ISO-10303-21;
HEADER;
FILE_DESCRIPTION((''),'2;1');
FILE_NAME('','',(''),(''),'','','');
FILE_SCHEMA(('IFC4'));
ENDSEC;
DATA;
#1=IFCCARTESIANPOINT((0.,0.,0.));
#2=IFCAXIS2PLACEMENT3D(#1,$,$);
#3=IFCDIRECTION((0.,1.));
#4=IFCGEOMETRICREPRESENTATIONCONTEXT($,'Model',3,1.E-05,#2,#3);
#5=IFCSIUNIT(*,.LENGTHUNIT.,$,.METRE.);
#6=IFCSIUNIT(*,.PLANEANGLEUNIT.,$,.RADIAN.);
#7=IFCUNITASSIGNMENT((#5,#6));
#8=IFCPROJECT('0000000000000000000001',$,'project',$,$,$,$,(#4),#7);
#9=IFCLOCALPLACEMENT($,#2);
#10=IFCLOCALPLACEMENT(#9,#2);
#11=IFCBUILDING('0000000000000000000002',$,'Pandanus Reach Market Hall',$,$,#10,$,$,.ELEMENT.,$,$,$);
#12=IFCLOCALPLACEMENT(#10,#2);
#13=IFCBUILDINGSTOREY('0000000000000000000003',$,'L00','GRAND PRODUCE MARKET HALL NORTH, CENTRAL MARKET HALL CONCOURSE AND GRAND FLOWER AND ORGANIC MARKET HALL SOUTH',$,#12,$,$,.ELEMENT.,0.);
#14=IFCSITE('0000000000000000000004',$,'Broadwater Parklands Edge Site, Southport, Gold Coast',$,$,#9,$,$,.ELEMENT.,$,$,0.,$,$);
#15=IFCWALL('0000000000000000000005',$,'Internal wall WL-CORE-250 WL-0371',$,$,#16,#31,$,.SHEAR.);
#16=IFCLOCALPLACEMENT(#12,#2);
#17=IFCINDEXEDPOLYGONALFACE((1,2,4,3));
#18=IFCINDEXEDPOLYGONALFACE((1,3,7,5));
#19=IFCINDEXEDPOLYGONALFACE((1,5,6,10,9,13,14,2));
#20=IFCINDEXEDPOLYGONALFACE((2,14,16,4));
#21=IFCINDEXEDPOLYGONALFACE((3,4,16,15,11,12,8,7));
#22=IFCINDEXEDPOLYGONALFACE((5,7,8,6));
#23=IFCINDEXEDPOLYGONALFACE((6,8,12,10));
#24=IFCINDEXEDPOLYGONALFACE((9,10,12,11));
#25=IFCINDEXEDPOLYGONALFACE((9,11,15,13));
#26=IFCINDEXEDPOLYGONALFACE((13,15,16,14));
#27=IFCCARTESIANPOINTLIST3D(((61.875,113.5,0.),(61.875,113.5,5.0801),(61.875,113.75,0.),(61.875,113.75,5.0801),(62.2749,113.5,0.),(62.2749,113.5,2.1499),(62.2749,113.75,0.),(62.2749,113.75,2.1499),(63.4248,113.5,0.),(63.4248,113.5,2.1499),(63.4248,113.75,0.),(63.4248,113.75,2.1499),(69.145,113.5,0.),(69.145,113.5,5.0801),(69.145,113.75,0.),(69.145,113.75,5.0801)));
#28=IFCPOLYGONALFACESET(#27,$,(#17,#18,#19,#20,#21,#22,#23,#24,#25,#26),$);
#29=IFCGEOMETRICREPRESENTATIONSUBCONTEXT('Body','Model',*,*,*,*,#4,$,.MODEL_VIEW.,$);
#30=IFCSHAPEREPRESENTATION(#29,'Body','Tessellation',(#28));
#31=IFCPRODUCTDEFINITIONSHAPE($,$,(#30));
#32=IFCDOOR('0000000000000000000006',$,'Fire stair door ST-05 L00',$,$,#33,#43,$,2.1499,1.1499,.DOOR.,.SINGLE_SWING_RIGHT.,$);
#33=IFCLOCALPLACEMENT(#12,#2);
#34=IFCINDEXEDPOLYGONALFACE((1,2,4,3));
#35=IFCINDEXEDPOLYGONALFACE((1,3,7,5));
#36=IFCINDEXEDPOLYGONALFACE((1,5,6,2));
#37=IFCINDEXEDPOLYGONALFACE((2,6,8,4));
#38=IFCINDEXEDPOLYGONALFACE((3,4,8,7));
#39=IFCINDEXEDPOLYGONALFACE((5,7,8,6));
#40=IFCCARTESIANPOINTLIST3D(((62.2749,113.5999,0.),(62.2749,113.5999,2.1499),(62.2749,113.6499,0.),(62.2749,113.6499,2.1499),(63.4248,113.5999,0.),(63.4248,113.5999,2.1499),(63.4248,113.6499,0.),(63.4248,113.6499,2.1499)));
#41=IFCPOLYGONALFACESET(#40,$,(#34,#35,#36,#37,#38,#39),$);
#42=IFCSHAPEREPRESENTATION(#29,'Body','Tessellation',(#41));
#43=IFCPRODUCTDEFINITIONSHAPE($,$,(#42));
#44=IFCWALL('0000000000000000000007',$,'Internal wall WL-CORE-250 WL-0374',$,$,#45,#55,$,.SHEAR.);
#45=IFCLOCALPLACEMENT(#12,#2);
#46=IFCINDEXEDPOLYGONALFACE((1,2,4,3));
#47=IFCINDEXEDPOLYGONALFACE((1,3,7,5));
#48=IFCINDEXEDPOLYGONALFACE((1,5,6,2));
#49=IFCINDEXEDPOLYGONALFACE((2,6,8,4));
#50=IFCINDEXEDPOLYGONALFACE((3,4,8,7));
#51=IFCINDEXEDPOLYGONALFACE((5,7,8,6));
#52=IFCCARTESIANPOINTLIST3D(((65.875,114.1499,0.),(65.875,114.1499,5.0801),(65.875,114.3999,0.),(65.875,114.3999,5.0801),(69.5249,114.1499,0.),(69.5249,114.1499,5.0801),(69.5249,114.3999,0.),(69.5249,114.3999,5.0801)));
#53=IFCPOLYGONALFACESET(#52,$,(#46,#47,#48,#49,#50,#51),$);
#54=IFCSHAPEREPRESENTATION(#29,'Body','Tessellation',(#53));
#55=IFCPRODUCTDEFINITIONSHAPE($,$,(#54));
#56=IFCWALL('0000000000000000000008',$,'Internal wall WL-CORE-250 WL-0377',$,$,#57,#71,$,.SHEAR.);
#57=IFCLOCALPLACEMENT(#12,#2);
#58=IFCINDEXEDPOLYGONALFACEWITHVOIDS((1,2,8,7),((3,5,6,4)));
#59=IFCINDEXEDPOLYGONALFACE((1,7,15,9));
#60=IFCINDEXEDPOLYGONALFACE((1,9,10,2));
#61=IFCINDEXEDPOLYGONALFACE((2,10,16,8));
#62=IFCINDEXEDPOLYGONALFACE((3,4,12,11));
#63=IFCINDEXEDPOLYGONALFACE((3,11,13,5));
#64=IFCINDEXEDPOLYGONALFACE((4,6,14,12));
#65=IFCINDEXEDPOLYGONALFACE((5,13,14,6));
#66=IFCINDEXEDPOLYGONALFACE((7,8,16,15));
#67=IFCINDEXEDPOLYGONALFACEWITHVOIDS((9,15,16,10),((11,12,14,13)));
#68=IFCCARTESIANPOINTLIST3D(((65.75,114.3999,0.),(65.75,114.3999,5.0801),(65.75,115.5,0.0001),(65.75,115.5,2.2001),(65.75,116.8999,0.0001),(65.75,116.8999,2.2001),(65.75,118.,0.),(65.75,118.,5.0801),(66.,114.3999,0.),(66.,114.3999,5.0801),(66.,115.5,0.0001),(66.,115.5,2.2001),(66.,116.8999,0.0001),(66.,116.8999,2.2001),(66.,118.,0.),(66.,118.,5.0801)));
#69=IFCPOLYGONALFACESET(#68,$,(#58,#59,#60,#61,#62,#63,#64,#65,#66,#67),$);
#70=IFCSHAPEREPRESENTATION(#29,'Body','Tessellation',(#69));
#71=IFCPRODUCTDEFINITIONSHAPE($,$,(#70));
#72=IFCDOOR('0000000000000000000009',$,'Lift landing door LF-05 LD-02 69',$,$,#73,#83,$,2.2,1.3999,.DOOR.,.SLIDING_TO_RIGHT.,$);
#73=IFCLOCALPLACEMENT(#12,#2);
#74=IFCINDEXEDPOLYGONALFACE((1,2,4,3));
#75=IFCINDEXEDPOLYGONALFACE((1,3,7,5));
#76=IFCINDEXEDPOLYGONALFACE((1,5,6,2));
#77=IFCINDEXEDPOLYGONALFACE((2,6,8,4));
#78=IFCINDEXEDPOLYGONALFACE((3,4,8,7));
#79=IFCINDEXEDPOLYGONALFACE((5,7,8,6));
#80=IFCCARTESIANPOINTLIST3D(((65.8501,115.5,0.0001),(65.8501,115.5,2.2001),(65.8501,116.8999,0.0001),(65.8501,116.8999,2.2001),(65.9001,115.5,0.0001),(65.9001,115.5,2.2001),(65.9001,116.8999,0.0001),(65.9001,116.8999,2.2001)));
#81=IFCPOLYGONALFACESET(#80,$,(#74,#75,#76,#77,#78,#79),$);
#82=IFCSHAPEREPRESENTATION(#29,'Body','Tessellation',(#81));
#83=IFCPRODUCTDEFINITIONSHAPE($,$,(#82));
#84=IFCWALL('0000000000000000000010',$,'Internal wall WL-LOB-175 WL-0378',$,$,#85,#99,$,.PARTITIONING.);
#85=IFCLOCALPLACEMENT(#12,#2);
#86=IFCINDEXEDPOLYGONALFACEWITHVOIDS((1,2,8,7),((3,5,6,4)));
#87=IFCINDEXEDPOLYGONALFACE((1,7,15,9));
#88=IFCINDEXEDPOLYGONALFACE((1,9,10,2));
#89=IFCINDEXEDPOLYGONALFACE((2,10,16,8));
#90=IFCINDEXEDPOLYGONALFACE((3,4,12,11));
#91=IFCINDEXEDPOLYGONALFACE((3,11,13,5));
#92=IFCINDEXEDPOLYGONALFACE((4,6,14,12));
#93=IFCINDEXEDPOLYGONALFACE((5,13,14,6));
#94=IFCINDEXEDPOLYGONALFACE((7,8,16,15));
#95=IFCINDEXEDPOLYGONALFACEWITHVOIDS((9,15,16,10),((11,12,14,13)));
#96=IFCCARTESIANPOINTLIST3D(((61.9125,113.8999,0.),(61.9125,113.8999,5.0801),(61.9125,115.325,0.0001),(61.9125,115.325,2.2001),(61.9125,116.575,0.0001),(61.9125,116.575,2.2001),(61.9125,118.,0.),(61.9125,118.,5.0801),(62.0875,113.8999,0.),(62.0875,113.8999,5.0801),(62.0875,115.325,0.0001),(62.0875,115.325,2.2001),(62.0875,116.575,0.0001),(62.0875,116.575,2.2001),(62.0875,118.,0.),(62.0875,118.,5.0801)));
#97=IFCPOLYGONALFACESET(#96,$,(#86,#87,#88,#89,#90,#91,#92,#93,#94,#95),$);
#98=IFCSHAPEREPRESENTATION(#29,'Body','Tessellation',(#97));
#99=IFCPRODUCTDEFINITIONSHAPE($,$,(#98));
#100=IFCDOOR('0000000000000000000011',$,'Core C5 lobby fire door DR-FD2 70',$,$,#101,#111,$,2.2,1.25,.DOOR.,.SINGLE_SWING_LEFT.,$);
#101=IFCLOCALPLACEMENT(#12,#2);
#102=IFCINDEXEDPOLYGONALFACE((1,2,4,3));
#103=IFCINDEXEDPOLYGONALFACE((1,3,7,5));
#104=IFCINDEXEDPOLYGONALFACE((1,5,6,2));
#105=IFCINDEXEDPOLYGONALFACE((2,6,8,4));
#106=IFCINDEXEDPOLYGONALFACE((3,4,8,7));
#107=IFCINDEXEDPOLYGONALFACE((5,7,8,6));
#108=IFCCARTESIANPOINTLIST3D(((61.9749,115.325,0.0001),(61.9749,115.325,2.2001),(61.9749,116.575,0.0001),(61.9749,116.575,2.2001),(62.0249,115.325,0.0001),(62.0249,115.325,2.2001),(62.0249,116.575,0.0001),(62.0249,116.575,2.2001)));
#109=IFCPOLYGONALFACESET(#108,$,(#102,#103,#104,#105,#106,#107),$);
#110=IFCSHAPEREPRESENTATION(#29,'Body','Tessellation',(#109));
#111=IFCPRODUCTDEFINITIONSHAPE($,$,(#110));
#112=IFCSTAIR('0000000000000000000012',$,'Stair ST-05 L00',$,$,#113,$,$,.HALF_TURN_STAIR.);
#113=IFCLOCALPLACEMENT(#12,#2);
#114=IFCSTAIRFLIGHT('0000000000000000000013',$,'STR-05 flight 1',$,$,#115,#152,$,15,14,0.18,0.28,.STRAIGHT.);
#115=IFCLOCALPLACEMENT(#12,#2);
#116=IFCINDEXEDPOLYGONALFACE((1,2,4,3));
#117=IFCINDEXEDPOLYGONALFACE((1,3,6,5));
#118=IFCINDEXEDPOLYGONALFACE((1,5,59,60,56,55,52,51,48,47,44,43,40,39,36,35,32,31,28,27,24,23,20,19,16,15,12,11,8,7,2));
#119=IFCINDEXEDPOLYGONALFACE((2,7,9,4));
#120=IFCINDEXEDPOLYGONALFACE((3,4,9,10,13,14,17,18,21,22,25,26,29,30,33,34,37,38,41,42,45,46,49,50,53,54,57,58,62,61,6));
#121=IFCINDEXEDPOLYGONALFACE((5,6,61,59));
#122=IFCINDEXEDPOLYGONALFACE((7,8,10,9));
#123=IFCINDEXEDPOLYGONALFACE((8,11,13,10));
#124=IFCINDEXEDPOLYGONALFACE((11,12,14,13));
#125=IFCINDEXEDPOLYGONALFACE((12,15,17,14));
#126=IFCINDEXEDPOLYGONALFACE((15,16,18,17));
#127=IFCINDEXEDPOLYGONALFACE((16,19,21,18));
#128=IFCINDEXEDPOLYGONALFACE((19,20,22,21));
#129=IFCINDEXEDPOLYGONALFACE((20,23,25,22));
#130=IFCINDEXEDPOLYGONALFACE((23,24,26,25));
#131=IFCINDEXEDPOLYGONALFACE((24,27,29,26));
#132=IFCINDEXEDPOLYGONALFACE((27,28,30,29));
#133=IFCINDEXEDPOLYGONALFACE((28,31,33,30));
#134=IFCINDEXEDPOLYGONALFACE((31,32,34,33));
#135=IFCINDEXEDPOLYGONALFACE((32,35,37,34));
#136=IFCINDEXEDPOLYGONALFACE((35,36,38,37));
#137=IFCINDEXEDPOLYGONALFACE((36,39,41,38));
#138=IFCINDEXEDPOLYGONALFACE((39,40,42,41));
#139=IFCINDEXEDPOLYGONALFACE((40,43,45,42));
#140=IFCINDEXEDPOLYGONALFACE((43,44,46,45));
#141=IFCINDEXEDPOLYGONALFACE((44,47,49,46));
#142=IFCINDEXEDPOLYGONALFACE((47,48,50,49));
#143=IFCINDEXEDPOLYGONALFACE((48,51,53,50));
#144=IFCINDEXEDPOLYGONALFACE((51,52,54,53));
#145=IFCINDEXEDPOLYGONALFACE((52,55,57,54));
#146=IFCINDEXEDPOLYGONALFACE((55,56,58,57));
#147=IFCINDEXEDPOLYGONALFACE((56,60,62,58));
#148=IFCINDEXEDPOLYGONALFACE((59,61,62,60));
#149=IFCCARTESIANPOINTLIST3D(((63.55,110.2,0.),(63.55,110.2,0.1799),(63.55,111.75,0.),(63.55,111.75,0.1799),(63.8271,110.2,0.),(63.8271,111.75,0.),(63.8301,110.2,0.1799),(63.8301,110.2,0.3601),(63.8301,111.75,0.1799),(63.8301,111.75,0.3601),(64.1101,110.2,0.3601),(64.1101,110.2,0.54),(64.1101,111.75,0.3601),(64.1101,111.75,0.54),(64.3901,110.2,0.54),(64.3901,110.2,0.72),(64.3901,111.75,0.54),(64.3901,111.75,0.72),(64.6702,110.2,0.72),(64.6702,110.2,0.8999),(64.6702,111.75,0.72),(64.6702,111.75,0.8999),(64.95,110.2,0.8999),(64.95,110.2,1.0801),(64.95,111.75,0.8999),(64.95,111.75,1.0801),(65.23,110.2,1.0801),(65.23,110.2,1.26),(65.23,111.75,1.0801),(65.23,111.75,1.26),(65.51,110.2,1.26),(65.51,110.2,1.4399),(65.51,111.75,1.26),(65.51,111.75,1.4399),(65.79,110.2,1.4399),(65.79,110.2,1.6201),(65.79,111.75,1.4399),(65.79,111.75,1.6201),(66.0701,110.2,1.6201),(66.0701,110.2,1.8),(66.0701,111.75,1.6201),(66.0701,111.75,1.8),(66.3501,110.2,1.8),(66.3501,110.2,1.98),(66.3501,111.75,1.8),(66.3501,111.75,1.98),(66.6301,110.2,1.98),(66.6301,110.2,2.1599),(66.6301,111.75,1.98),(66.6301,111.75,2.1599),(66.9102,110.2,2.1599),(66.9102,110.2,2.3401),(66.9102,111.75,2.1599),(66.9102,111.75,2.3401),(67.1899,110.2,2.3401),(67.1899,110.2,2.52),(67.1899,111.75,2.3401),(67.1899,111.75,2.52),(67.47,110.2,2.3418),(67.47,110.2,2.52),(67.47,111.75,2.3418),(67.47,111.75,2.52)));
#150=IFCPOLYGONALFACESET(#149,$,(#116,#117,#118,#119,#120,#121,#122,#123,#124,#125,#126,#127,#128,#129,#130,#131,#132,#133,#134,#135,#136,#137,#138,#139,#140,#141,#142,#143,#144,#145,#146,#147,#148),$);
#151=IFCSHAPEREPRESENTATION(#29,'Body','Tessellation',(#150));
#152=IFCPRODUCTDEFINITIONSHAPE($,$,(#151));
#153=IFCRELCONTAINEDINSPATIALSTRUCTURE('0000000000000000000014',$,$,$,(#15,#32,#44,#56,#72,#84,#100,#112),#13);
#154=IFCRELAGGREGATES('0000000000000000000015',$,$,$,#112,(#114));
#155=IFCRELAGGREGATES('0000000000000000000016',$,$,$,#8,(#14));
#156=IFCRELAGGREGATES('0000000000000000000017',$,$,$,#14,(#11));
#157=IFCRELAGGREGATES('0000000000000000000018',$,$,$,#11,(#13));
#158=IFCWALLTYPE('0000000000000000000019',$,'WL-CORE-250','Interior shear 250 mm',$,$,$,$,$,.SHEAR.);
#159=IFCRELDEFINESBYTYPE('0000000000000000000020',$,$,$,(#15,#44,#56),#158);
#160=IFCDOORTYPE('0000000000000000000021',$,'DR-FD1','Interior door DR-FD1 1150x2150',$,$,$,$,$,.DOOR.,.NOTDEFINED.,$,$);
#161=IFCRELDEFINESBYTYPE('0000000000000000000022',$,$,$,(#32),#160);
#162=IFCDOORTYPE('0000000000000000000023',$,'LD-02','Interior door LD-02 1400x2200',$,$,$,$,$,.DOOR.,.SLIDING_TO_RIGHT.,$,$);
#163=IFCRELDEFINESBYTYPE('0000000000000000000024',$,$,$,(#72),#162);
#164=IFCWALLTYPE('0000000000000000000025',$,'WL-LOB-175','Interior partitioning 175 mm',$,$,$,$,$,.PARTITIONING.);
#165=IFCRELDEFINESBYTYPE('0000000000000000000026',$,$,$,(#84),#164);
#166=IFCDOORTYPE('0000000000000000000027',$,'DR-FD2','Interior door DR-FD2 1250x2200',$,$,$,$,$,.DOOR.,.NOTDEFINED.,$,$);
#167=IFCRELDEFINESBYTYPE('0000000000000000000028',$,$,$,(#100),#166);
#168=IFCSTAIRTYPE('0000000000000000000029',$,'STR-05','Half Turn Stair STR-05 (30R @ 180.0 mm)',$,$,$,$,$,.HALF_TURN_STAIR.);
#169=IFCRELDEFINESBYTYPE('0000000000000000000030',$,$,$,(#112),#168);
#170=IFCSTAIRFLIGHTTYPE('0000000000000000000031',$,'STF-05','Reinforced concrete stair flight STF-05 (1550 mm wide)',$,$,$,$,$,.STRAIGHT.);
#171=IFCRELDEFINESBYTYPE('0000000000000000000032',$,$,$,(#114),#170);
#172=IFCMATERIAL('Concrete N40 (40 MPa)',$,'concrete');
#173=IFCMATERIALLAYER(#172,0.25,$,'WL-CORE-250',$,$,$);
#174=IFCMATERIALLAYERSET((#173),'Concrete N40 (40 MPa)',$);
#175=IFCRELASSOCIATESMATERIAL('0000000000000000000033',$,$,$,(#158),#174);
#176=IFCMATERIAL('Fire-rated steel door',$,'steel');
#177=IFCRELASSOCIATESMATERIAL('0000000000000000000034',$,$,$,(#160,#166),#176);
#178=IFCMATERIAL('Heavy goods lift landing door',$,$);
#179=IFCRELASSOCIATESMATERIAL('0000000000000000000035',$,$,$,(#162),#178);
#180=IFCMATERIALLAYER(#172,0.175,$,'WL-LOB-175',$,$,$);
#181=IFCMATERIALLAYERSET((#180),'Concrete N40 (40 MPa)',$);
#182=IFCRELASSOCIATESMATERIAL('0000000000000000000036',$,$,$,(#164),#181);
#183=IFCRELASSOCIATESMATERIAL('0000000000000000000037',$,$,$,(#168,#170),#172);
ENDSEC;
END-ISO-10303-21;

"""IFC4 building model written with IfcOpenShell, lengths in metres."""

from ifc_helpers import new_model, si_unit, direction, frame, frame_2d, origin, place, context, subcontext, project, spatial, polyline, rectangle, outline, extrude, material, layer, layer_set, type_object, element, fill, aggregate, save


model = new_model("IFC4")

# Units and contexts
model_context = context("Model", 3, precision=1e-05, world=origin(), true_north=direction((0.0, 1.0)))
body_context = subcontext(model_context, "Body", "Model", "MODEL_VIEW")
ifc_project = project(units=[si_unit("LENGTHUNIT", "METRE"), si_unit("PLANEANGLEUNIT", "RADIAN")], contexts=[model_context])

# Site, building, storey
site_placement = place(None, origin())
site = spatial("IfcSite", under=ifc_project, at=site_placement, Name="Broadwater Parklands Edge Site, Southport, Gold Coast", CompositionType="ELEMENT", RefElevation=0.0)
building_placement = place(site_placement, origin())
building = spatial("IfcBuilding", under=site, at=building_placement, Name="Pandanus Reach Market Hall", CompositionType="ELEMENT")
storey_placement = place(building_placement, origin())
storey = spatial("IfcBuildingStorey", under=building, at=storey_placement, Name="L00", Description="GRAND PRODUCE MARKET HALL NORTH, CENTRAL MARKET HALL CONCOURSE AND GRAND FLOWER AND ORGANIC MARKET HALL SOUTH", CompositionType="ELEMENT", Elevation=0.0)

# Wall, opening, door
ifc_material_1 = material(Name="Concrete N40 (40 MPa)", Category="concrete")
ifc_layer_1 = layer(ifc_material_1, 0.25, Name="WL-CORE-250")
ifc_layer_set_1 = layer_set([ifc_layer_1], Name="Concrete N40 (40 MPa)")
wall_type_1 = type_object("IfcWallType", Name="WL-CORE-250", Description="Interior shear 250 mm", PredefinedType="SHEAR", material=ifc_layer_set_1)
wall_1_placement = place(storey_placement, frame((61.875, 113.625, 0.0), z_axis=(0.0, 0.0, 1.0), x_axis=(1.0, 0.0, 0.0)))
wall_1 = element("IfcWall", 1, at=wall_1_placement, inside=storey, type_object=wall_type_1, Name="Internal wall WL-CORE-250 WL-0371", PredefinedType="SHEAR", context=body_context, shape_type="SweptSolid", body=[
    extrude(rectangle(XDim=7.27, YDim=0.25, at=frame_2d((3.635, 0.0))), origin(), (0.0, 0.0, 1.0), 5.0801),
])
opening_1_placement = place(wall_1_placement, frame((0.3999, 0.0, 0.0)))
opening_1 = element("IfcOpeningElement", 2, at=opening_1_placement, cuts=wall_1, PredefinedType="OPENING", context=body_context, shape_type="SweptSolid", body=[
    extrude(rectangle(XDim=1.1499, YDim=2.1499, at=frame_2d((0.575, 1.075))), frame((0.0, 0.1399, 0.0), z_axis=(0.0, -1.0, 0.0), x_axis=(1.0, 0.0, 0.0)), (0.0, 0.0, 1.0), 0.28),
])
ifc_material_2 = material(Name="Fire-rated steel door", Category="steel")
door_type_1 = type_object("IfcDoorType", Name="DR-FD1", Description="Interior door DR-FD1 1150x2150", OperationType="NOTDEFINED", PredefinedType="DOOR", material=ifc_material_2)
door_1_placement = place(opening_1_placement, origin())
door_1 = element("IfcDoor", 3, at=door_1_placement, inside=storey, type_object=door_type_1, Name="Fire stair door ST-05 L00", OperationType="SINGLE_SWING_RIGHT", OverallHeight=2.1499, OverallWidth=1.1499, PredefinedType="DOOR", context=body_context, shape_type="SweptSolid", body=[
    extrude(rectangle(XDim=1.1499, YDim=2.1499, at=frame_2d((0.575, 1.075))), frame((0.0, 0.0249, 0.0), z_axis=(0.0, -1.0, 0.0), x_axis=(1.0, 0.0, 0.0)), (0.0, 0.0, 1.0), 0.05),
])
fill(opening_1, door_1)

# Wall
wall_2_placement = place(storey_placement, frame((65.875, 114.2749, 0.0), z_axis=(0.0, 0.0, 1.0), x_axis=(1.0, 0.0, 0.0)))
element("IfcWall", 4, at=wall_2_placement, inside=storey, type_object=wall_type_1, Name="Internal wall WL-CORE-250 WL-0374", PredefinedType="SHEAR", context=body_context, shape_type="SweptSolid", body=[
    extrude(rectangle(XDim=3.6499, YDim=0.25, at=frame_2d((1.825, 0.0))), origin(), (0.0, 0.0, 1.0), 5.0801),
])

# Walls, openings, doors
wall_3_placement = place(storey_placement, frame((65.875, 114.3999, 0.0), z_axis=(0.0, 0.0, 1.0), x_axis=(0.0, 1.0, 0.0)))
wall_3 = element("IfcWall", 5, at=wall_3_placement, inside=storey, type_object=wall_type_1, Name="Internal wall WL-CORE-250 WL-0377", PredefinedType="SHEAR", context=body_context, shape_type="SweptSolid", body=[
    extrude(rectangle(XDim=3.6001, YDim=0.25, at=frame_2d((1.8, 0.0))), origin(), (0.0, 0.0, 1.0), 5.0801),
])
opening_2_placement = place(wall_3_placement, frame((1.1001, 0.0, 0.0)))
opening_2 = element("IfcOpeningElement", 6, at=opening_2_placement, cuts=wall_3, PredefinedType="OPENING", context=body_context, shape_type="SweptSolid", body=[
    extrude(rectangle(XDim=1.3999, YDim=2.2, at=frame_2d((0.7, 1.1001))), frame((0.0, 0.1399, 0.0), z_axis=(0.0, -1.0, 0.0), x_axis=(1.0, 0.0, 0.0)), (0.0, 0.0, 1.0), 0.28),
])
ifc_material_3 = material(Name="Heavy goods lift landing door")
door_type_2 = type_object("IfcDoorType", Name="LD-02", Description="Interior door LD-02 1400x2200", OperationType="SLIDING_TO_RIGHT", PredefinedType="DOOR", material=ifc_material_3)
door_2_placement = place(opening_2_placement, origin())
door_2 = element("IfcDoor", 7, at=door_2_placement, inside=storey, type_object=door_type_2, Name="Lift landing door LF-05 LD-02 69", OperationType="SLIDING_TO_RIGHT", OverallHeight=2.2, OverallWidth=1.3999, PredefinedType="DOOR", context=body_context, shape_type="SweptSolid", body=[
    extrude(rectangle(XDim=1.3999, YDim=2.2, at=frame_2d((0.7, 1.1001))), frame((0.0, 0.0249, 0.0), z_axis=(0.0, -1.0, 0.0), x_axis=(1.0, 0.0, 0.0)), (0.0, 0.0, 1.0), 0.05),
])
fill(opening_2, door_2)
ifc_layer_2 = layer(ifc_material_1, 0.175, Name="WL-LOB-175")
ifc_layer_set_2 = layer_set([ifc_layer_2], Name="Concrete N40 (40 MPa)")
wall_type_2 = type_object("IfcWallType", Name="WL-LOB-175", Description="Interior partitioning 175 mm", PredefinedType="PARTITIONING", material=ifc_layer_set_2)
wall_4_placement = place(storey_placement, frame((62.0, 113.8999, 0.0), z_axis=(0.0, 0.0, 1.0), x_axis=(0.0, 1.0, 0.0)))
wall_4 = element("IfcWall", 8, at=wall_4_placement, inside=storey, type_object=wall_type_2, Name="Internal wall WL-LOB-175 WL-0378", PredefinedType="PARTITIONING", context=body_context, shape_type="SweptSolid", body=[
    extrude(rectangle(XDim=4.1001, YDim=0.175, at=frame_2d((2.05, 0.0))), origin(), (0.0, 0.0, 1.0), 5.0801),
])
opening_3_placement = place(wall_4_placement, frame((1.425, 0.0, 0.0)))
opening_3 = element("IfcOpeningElement", 9, at=opening_3_placement, cuts=wall_4, PredefinedType="OPENING", context=body_context, shape_type="SweptSolid", body=[
    extrude(rectangle(XDim=1.25, YDim=2.2, at=frame_2d((0.625, 1.1001))), frame((0.0, 0.1025, 0.0), z_axis=(0.0, -1.0, 0.0), x_axis=(1.0, 0.0, 0.0)), (0.0, 0.0, 1.0), 0.2051),
])
door_type_3 = type_object("IfcDoorType", Name="DR-FD2", Description="Interior door DR-FD2 1250x2200", OperationType="NOTDEFINED", PredefinedType="DOOR", material=ifc_material_2)
door_3_placement = place(opening_3_placement, frame((1.25, 0.0, 0.0), z_axis=(0.0, 0.0, 1.0), x_axis=(-1.0, 0.0, 0.0)))
door_3 = element("IfcDoor", 10, at=door_3_placement, inside=storey, type_object=door_type_3, Name="Core C5 lobby fire door DR-FD2 70", OperationType="SINGLE_SWING_LEFT", OverallHeight=2.2, OverallWidth=1.25, PredefinedType="DOOR", context=body_context, shape_type="SweptSolid", body=[
    extrude(rectangle(XDim=1.25, YDim=2.2, at=frame_2d((0.625, 1.1001))), frame((0.0, 0.0249, 0.0), z_axis=(0.0, -1.0, 0.0), x_axis=(1.0, 0.0, 0.0)), (0.0, 0.0, 1.0), 0.05),
])
fill(opening_3, door_3)

# Stair, stair flight
stair_type = type_object("IfcStairType", Name="STR-05", Description="Half Turn Stair STR-05 (30R @ 180.0 mm)", PredefinedType="HALF_TURN_STAIR", material=ifc_material_1)
stair_placement = place(storey_placement, origin())
stair = element("IfcStair", 11, at=stair_placement, inside=storey, type_object=stair_type, Name="Stair ST-05 L00", PredefinedType="HALF_TURN_STAIR")
stair_flight_type = type_object("IfcStairFlightType", Name="STF-05", Description="Reinforced concrete stair flight STF-05 (1550 mm wide)", PredefinedType="STRAIGHT", material=ifc_material_1)
stair_flight_placement = place(storey_placement, frame((63.55, 110.9751, 0.0), z_axis=(0.0, 0.0, 1.0), x_axis=(1.0, 0.0, 0.0)))
stair_flight = element("IfcStairFlight", 12, at=stair_flight_placement, type_object=stair_flight_type, Name="STR-05 flight 1", NumberOfRisers=15, NumberOfTreads=14, PredefinedType="STRAIGHT", RiserHeight=0.18, TreadLength=0.28, context=body_context, shape_type="SweptSolid", body=[
    extrude(outline(polyline([(0.0, 0.0), (0.0, 0.1799), (0.28, 0.1799), (0.28, 0.3601), (0.5601, 0.3601), (0.5601, 0.54), (0.8401, 0.54), (0.8401, 0.72), (1.1201, 0.72), (1.1201, 0.8999), (1.3999, 0.8999), (1.3999, 1.0801), (1.6799, 1.0801), (1.6799, 1.26), (1.96, 1.26), (1.96, 1.4399), (2.24, 1.4399), (2.24, 1.6201), (2.52, 1.6201), (2.52, 1.8), (2.8, 1.8), (2.8, 1.98), (3.0801, 1.98), (3.0801, 2.1599), (3.3601, 2.1599), (3.3601, 2.3401), (3.6399, 2.3401), (3.6399, 2.52), (3.9199, 2.52), (3.9199, 2.7), (3.9199, 2.3418), (0.2771, 0.0), (0.0, 0.0)])), frame((0.0, 0.7749, 0.0), z_axis=(0.0, -1.0, 0.0), x_axis=(1.0, 0.0, 0.0)), (0.0, 0.0, 1.0), 1.55),
])
aggregate(stair, [stair_flight])

save(model, "model.ifc")
